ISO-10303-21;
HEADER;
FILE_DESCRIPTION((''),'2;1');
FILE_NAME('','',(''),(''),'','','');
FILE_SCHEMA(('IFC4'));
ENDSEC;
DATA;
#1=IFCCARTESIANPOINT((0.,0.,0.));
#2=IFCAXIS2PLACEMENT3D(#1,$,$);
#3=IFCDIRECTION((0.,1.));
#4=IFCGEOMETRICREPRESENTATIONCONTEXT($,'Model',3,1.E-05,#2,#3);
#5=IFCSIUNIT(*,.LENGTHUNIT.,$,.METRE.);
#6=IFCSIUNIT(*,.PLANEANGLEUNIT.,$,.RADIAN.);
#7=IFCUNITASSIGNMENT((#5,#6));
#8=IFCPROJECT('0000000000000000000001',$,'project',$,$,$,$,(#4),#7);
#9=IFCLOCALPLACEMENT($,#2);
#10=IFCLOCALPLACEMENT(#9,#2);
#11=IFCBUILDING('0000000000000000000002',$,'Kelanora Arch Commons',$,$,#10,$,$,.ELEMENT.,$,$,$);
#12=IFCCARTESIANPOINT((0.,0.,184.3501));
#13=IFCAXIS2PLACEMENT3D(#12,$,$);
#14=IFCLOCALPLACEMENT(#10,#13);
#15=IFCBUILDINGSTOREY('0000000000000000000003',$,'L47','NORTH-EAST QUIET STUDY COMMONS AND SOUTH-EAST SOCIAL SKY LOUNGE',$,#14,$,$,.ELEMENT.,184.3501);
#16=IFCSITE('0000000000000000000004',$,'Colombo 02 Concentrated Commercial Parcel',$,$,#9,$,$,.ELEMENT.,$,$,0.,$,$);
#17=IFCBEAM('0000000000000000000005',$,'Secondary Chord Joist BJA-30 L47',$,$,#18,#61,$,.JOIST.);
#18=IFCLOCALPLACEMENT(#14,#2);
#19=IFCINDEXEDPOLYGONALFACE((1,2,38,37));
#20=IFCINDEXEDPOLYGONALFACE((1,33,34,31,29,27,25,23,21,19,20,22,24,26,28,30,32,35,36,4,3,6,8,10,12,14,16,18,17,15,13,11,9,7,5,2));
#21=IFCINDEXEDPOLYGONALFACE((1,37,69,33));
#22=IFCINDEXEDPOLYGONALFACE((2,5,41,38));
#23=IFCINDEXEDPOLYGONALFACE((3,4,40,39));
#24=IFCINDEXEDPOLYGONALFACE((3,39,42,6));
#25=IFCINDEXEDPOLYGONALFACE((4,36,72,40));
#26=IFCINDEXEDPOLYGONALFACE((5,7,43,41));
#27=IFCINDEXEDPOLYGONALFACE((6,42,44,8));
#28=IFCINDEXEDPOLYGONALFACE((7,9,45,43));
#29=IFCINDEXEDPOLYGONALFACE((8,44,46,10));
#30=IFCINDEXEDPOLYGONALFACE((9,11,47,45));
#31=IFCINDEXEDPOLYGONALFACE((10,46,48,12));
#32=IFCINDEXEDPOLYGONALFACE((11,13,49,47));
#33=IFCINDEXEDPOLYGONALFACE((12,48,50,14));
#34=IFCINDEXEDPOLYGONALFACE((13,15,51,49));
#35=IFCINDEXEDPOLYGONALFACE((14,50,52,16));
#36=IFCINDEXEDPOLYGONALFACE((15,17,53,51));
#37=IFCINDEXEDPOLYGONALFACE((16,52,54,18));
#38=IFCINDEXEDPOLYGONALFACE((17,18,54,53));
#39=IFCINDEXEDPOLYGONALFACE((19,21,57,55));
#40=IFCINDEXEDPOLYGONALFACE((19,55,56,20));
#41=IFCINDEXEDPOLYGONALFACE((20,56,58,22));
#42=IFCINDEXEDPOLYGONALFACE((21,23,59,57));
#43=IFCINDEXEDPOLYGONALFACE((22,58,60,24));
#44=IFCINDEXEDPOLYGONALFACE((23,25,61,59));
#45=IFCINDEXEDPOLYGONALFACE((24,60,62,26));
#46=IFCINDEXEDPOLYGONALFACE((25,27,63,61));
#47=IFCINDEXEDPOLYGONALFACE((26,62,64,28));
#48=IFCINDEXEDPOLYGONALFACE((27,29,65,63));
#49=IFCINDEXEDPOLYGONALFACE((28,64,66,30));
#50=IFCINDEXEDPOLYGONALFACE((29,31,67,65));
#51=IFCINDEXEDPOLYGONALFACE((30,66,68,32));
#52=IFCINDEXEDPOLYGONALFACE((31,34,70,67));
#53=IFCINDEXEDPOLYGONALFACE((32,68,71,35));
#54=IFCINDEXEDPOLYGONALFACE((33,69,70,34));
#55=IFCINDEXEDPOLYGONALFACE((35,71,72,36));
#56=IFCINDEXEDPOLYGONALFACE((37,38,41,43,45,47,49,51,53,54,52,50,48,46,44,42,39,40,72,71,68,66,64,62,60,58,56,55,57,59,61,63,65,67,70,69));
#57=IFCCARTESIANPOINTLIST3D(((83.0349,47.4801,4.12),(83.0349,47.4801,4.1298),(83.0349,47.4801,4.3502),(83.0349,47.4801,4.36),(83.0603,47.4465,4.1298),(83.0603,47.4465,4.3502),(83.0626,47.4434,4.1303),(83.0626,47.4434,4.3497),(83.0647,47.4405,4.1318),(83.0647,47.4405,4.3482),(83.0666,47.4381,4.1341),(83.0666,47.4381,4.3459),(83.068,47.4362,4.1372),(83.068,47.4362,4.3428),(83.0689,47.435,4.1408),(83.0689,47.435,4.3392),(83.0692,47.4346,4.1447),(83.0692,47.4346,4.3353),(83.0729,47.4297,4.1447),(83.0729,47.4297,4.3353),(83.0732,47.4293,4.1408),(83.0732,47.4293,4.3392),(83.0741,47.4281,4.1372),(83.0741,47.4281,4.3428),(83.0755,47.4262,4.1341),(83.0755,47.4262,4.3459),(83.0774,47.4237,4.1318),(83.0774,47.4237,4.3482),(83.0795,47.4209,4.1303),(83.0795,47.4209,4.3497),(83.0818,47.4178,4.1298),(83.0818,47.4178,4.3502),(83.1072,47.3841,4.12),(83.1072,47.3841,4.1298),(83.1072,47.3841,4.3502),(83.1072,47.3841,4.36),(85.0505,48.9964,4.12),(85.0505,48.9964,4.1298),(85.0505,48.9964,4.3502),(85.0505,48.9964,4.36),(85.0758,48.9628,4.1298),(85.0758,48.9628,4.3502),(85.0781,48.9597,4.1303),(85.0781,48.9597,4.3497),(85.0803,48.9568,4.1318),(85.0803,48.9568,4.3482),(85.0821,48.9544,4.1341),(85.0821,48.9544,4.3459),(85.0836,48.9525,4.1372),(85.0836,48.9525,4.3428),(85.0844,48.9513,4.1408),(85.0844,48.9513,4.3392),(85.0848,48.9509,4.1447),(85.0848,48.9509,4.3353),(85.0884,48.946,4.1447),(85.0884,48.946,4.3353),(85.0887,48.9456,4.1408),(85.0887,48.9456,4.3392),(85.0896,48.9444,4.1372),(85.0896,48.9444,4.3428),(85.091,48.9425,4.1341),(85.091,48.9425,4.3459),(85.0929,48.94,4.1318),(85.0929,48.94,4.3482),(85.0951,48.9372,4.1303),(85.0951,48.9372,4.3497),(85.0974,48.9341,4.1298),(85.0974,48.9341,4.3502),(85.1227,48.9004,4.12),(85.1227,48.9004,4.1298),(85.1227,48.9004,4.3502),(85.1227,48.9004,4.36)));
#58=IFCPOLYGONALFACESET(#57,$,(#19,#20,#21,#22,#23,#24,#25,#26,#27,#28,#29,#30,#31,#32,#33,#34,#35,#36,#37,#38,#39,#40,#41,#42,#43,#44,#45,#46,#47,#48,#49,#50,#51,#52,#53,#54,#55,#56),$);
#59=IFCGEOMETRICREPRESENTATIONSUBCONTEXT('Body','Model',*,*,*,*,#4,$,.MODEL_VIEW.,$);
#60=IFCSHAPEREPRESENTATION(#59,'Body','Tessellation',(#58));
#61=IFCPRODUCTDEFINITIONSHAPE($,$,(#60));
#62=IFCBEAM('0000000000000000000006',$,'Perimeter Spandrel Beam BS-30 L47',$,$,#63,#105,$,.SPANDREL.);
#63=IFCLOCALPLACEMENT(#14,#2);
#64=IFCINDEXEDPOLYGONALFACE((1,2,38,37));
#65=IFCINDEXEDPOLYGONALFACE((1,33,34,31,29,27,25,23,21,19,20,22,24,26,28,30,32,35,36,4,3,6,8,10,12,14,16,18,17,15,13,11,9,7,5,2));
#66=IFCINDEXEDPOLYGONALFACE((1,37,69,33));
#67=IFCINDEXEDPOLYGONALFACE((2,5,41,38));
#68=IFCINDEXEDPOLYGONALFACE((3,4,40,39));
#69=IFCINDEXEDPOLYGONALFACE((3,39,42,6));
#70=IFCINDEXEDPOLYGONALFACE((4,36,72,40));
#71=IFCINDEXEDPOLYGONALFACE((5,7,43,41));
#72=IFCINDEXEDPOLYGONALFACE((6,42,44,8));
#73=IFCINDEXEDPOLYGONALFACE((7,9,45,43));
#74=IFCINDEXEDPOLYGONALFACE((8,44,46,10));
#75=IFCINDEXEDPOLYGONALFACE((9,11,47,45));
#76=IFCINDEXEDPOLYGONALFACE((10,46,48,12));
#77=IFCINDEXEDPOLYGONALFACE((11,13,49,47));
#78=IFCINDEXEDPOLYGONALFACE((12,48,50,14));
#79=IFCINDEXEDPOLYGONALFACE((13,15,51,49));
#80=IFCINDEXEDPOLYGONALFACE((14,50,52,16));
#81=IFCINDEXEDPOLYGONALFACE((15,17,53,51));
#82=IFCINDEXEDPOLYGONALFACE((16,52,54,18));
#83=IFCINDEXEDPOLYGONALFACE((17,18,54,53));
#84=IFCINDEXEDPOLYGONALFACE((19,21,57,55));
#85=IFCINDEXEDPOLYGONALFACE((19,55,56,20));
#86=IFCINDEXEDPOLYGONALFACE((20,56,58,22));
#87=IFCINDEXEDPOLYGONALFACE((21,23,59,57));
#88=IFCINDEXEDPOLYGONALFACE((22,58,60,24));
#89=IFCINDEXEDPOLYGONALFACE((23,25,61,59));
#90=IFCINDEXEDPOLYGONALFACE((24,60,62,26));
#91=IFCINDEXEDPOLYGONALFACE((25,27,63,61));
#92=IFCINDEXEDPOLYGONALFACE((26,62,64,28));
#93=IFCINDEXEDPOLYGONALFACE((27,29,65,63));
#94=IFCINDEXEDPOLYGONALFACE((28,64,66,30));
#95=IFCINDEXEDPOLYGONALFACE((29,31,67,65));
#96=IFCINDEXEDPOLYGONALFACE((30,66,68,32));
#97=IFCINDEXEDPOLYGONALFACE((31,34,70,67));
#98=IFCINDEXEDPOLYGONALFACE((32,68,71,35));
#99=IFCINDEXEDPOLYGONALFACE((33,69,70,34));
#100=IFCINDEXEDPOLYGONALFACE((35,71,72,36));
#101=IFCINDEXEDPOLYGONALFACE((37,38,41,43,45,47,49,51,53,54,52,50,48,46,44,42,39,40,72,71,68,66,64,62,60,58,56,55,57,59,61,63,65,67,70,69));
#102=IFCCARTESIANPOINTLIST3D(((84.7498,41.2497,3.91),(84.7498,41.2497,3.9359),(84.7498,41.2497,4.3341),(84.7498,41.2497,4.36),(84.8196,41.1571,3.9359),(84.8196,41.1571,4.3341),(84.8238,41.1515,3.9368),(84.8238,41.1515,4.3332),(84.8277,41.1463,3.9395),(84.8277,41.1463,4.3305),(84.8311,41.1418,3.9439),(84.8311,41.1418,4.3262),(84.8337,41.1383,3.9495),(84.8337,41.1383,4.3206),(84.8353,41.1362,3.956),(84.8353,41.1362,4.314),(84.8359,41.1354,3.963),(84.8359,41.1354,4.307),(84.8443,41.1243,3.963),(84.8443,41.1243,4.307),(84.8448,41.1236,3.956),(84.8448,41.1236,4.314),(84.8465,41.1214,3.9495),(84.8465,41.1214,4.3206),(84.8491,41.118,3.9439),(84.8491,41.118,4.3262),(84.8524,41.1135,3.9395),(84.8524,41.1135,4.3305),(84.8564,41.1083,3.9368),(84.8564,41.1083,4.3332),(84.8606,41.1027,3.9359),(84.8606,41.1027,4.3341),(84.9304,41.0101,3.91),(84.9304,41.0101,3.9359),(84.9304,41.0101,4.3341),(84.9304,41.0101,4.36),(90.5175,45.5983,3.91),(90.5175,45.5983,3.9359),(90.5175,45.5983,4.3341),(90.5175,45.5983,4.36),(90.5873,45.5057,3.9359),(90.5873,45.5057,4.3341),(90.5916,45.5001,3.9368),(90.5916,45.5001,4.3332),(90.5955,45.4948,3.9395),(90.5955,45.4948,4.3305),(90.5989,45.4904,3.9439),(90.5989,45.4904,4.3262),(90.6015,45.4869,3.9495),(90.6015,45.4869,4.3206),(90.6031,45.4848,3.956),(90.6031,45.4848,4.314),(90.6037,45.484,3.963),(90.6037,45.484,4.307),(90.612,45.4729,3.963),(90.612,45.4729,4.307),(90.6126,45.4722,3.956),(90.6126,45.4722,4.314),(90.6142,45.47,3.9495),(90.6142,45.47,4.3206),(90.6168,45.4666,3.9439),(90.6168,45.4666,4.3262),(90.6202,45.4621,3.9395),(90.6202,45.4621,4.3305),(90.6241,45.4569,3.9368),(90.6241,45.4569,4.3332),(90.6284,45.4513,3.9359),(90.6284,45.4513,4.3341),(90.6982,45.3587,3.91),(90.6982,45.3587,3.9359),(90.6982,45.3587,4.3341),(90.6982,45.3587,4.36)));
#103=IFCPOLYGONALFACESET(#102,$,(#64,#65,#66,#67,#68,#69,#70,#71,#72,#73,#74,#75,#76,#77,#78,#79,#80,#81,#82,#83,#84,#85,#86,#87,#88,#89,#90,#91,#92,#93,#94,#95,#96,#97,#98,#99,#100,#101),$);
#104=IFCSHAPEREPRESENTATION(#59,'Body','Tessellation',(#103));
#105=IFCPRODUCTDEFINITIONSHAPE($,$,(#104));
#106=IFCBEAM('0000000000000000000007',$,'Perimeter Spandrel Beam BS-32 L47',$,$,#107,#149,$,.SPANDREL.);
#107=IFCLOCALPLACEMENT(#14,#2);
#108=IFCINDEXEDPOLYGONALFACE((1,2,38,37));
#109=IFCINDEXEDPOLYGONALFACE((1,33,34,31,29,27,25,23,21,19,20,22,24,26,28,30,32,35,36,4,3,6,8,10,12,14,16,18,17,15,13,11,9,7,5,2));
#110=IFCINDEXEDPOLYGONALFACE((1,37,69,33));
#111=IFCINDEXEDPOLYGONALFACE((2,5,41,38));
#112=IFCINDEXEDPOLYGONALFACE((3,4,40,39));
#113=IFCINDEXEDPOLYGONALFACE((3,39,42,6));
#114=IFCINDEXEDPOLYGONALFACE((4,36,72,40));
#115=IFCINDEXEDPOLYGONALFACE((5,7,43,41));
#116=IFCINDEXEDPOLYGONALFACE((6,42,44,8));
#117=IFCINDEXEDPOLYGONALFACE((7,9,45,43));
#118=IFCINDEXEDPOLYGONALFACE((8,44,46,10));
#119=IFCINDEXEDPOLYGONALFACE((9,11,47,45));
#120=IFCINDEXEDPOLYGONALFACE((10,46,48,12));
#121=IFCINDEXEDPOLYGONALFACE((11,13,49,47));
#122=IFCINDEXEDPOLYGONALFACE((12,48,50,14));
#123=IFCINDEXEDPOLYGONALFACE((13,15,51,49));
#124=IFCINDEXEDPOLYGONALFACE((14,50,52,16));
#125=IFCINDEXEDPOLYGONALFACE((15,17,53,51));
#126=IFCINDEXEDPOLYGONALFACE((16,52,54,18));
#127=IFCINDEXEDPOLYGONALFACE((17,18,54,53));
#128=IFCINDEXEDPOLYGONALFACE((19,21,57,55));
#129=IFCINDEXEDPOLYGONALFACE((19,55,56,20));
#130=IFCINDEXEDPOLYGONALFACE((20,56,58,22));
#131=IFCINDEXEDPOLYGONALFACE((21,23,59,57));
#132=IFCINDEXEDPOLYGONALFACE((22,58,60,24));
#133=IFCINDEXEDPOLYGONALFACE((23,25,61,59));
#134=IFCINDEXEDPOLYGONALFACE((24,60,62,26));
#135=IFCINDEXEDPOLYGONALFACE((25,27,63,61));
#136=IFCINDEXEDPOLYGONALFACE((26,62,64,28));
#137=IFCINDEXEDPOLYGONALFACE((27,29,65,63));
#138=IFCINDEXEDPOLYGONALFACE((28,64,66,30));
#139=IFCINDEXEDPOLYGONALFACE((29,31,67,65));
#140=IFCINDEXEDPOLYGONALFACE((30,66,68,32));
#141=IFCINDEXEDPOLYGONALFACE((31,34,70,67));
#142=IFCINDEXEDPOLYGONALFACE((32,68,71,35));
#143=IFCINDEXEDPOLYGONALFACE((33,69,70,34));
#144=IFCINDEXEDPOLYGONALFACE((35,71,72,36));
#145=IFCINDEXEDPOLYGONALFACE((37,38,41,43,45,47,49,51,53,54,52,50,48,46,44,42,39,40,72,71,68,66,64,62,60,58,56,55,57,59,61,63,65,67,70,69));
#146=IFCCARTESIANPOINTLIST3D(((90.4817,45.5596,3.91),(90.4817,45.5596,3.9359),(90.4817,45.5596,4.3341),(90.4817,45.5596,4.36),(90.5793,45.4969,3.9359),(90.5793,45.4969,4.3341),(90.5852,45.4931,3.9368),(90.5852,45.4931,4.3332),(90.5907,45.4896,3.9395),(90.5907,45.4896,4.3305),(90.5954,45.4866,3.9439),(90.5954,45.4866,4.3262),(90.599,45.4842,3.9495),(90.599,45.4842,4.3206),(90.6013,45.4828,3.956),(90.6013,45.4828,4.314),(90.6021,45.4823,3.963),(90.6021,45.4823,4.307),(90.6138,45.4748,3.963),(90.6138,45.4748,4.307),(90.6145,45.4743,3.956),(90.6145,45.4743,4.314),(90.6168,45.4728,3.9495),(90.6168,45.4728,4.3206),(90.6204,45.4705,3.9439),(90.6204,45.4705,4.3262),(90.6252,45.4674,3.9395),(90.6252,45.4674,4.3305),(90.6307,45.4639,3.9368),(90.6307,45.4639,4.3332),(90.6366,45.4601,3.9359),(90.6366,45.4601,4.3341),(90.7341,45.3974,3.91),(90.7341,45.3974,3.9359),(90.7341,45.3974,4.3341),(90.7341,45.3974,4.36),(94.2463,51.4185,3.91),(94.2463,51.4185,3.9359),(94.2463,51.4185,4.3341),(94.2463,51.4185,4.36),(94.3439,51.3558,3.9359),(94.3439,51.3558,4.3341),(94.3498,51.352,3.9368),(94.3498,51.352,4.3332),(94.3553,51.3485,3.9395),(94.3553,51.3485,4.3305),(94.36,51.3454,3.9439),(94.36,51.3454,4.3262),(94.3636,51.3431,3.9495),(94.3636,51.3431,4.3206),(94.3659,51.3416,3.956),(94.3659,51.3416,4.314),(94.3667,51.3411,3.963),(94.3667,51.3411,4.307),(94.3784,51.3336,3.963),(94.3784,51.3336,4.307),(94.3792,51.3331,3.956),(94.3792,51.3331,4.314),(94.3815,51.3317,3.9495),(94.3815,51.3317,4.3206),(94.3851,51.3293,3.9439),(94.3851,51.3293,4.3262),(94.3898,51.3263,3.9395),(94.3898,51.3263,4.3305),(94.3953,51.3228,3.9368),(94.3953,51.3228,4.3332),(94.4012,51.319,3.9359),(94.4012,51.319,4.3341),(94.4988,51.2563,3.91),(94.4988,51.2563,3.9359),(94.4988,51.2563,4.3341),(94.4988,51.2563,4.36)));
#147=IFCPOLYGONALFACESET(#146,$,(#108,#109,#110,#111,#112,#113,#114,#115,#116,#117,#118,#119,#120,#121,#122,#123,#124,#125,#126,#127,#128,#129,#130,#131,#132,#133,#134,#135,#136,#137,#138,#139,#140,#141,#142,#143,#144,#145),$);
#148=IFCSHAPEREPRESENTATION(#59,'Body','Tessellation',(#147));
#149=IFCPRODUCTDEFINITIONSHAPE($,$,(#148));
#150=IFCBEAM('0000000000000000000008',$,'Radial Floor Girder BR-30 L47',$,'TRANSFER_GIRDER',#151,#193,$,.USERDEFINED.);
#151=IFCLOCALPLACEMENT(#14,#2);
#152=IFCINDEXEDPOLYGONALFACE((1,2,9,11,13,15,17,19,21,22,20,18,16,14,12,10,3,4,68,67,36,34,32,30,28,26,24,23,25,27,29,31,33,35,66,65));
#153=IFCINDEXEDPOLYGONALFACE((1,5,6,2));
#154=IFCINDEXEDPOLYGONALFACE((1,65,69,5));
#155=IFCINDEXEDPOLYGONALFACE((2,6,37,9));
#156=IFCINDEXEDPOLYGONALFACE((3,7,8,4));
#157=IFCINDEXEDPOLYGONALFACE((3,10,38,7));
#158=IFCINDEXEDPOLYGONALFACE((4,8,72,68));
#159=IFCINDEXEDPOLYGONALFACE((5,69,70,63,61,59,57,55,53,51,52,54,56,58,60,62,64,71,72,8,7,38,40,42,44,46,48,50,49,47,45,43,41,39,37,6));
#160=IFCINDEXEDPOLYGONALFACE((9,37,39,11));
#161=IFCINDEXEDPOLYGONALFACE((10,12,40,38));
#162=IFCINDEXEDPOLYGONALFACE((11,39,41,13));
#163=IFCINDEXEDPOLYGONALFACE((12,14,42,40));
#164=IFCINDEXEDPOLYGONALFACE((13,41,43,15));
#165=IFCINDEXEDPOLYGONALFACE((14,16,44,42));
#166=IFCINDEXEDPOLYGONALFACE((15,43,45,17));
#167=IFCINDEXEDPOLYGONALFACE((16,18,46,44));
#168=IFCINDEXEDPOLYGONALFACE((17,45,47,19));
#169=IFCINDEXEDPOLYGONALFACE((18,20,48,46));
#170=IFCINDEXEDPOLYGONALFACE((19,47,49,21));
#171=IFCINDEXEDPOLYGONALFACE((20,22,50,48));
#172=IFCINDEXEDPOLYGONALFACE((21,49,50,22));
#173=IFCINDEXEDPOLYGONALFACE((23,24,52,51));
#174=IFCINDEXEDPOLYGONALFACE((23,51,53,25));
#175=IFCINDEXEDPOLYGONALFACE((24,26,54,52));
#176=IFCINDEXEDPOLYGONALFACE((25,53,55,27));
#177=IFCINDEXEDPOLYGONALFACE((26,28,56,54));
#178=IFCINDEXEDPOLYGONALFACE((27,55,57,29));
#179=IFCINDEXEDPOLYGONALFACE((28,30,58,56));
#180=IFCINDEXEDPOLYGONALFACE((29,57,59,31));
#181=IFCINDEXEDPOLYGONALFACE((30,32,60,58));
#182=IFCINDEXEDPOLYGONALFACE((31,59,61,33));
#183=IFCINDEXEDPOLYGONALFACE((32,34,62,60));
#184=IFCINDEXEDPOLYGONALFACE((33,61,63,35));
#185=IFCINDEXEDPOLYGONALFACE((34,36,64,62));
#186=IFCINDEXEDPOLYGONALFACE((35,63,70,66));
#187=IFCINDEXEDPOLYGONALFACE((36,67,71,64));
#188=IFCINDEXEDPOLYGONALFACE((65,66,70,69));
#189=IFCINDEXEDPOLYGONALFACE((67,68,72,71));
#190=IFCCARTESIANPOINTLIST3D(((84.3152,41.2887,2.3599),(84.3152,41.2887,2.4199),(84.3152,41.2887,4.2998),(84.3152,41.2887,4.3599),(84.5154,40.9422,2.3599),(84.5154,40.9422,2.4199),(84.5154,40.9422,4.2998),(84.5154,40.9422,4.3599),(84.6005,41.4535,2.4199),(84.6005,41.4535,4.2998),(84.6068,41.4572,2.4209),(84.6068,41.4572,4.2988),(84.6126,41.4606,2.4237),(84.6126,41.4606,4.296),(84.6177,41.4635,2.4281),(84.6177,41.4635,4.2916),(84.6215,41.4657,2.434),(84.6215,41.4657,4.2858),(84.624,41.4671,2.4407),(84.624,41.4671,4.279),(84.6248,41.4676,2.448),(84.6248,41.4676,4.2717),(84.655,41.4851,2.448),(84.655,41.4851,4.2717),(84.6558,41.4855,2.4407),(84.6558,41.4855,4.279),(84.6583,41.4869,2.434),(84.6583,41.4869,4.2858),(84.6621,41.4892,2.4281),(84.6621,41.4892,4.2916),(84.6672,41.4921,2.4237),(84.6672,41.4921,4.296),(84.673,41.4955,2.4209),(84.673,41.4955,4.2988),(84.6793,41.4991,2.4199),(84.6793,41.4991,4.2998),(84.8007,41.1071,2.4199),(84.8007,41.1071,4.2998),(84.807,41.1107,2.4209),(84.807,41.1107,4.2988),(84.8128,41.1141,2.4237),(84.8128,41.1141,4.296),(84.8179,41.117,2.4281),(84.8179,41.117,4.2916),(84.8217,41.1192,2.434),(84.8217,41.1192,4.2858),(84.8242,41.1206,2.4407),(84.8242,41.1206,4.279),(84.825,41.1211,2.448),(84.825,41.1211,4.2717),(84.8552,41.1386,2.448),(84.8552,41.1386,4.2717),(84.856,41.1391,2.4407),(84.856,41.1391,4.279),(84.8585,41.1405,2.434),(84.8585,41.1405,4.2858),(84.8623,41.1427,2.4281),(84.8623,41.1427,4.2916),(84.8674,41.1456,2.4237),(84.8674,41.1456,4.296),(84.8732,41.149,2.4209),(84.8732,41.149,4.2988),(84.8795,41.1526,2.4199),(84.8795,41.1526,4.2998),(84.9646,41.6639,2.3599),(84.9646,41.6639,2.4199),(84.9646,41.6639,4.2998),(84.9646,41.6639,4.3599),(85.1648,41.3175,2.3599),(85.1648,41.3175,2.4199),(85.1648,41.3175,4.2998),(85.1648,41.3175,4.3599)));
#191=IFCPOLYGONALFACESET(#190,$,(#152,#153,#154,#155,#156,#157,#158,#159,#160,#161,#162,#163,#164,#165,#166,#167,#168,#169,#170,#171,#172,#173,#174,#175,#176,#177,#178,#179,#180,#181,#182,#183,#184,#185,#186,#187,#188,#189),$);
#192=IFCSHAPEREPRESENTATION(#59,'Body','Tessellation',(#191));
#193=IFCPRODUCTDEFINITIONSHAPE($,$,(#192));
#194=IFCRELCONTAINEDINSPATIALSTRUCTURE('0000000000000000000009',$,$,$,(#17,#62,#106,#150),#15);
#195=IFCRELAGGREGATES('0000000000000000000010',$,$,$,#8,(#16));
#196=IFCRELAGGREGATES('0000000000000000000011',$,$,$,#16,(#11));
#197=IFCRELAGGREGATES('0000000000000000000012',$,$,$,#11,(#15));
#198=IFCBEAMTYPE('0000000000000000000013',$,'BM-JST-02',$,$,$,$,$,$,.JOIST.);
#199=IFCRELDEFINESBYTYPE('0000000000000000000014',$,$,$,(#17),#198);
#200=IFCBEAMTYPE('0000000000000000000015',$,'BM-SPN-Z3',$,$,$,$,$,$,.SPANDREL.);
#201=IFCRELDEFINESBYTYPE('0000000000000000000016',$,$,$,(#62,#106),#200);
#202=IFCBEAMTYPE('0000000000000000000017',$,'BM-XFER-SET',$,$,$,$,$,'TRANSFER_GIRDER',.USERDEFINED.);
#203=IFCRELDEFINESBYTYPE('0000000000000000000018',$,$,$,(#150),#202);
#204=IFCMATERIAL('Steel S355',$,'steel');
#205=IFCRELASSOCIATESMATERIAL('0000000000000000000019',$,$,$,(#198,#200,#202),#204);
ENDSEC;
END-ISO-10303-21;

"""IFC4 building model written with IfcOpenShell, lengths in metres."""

from ifc_helpers import new_model, si_unit, direction, frame, origin, origin_2d, place, context, subcontext, project, spatial, i_section, extrude, material, material_profile, profile_set, type_object, element, save


model = new_model("IFC4")

# Units and contexts
model_context = context("Model", 3, precision=1e-05, world=origin(), true_north=direction((0.0, 1.0)))
body_context = subcontext(model_context, "Body", "Model", "MODEL_VIEW")
ifc_project = project(units=[si_unit("LENGTHUNIT", "METRE"), si_unit("PLANEANGLEUNIT", "RADIAN")], contexts=[model_context])

# Site, building, storey
site_placement = place(None, origin())
site = spatial("IfcSite", under=ifc_project, at=site_placement, Name="Colombo 02 Concentrated Commercial Parcel", CompositionType="ELEMENT", RefElevation=0.0)
building_placement = place(site_placement, origin())
building = spatial("IfcBuilding", under=site, at=building_placement, Name="Kelanora Arch Commons", CompositionType="ELEMENT")
storey_placement = place(building_placement, frame((0.0, 0.0, 184.3501)))
storey = spatial("IfcBuildingStorey", under=building, at=storey_placement, Name="L47", Description="NORTH-EAST QUIET STUDY COMMONS AND SOUTH-EAST SOCIAL SKY LOUNGE", CompositionType="ELEMENT", Elevation=184.3501)

# Beams
ifc_material_1 = material(Name="Steel S355", Category="steel")
ifc_material_profile_1 = material_profile(ifc_material_1, i_section(OverallWidth=0.1201, OverallDepth=0.24, WebThickness=0.0061, FlangeThickness=0.0098, FilletRadius=0.0149, at=origin_2d()), Name="IPE240")
ifc_profile_set_1 = profile_set([ifc_material_profile_1], Name="Steel S355")
beam_type_1 = type_object("IfcBeamType", Name="BM-JST-02", PredefinedType="JOIST", material=ifc_profile_set_1)
beam_1_placement = place(storey_placement, frame((83.071, 47.4321, 4.24), z_axis=(0.799116, 0.601176, 0.0), x_axis=(-0.601176, 0.799116, 0.0)))
element("IfcBeam", 1, at=beam_1_placement, inside=storey, type_object=beam_type_1, Name="Secondary Chord Joist BJA-30 L47", PredefinedType="JOIST", context=body_context, shape_type="SweptSolid", body=[
    extrude(i_section(OverallWidth=0.1201, OverallDepth=0.24, WebThickness=0.0061, FlangeThickness=0.0098, FilletRadius=0.0149, at=origin_2d()), origin(), (0.0, 0.0, 1.0), 2.5222),
])
ifc_material_profile_2 = material_profile(ifc_material_1, i_section(OverallWidth=0.3, OverallDepth=0.45, WebThickness=0.0139, FlangeThickness=0.0259, FilletRadius=0.0271, at=origin_2d()), Name="HEB450")
ifc_profile_set_2 = profile_set([ifc_material_profile_2], Name="Steel S355")
beam_type_2 = type_object("IfcBeamType", Name="BM-SPN-Z3", PredefinedType="SPANDREL", material=ifc_profile_set_2)
beam_2_placement = place(storey_placement, frame((84.8401, 41.1299, 4.135), z_axis=(0.798485, 0.602015, 0.0), x_axis=(-0.602015, 0.798485, 0.0)))
element("IfcBeam", 2, at=beam_2_placement, inside=storey, type_object=beam_type_2, Name="Perimeter Spandrel Beam BS-30 L47", PredefinedType="SPANDREL", context=body_context, shape_type="SweptSolid", body=[
    extrude(i_section(OverallWidth=0.3, OverallDepth=0.45, WebThickness=0.0139, FlangeThickness=0.0259, FilletRadius=0.0271, at=origin_2d()), origin(), (0.0, 0.0, 1.0), 7.2234),
])
beam_3_placement = place(storey_placement, frame((90.6079, 45.4785, 4.135), z_axis=(0.540577, 0.841295, 0.0), x_axis=(-0.841295, 0.540577, 0.0)))
element("IfcBeam", 3, at=beam_3_placement, inside=storey, type_object=beam_type_2, Name="Perimeter Spandrel Beam BS-32 L47", PredefinedType="SPANDREL", context=body_context, shape_type="SweptSolid", body=[
    extrude(i_section(OverallWidth=0.3, OverallDepth=0.45, WebThickness=0.0139, FlangeThickness=0.0259, FilletRadius=0.0271, at=origin_2d()), origin(), (0.0, 0.0, 1.0), 6.9641),
])
ifc_material_profile_3 = material_profile(ifc_material_1, i_section(OverallWidth=0.75, OverallDepth=2.0, WebThickness=0.0349, FlangeThickness=0.0601, FilletRadius=0.0281, at=origin_2d()), Name="PG2000x750")
ifc_profile_set_3 = profile_set([ifc_material_profile_3], Name="Steel S355")
beam_type_3 = type_object("IfcBeamType", Name="BM-XFER-SET", ElementType="TRANSFER_GIRDER", PredefinedType="USERDEFINED", material=ifc_profile_set_3)
beam_4_placement = place(storey_placement, frame((84.6399, 41.4763, 3.3599), z_axis=(0.500339, -0.86583, 0.0), x_axis=(0.86583, 0.500339, 0.0)))
element("IfcBeam", 4, at=beam_4_placement, inside=storey, type_object=beam_type_3, Name="Radial Floor Girder BR-30 L47", ObjectType="TRANSFER_GIRDER", PredefinedType="USERDEFINED", context=body_context, shape_type="SweptSolid", body=[
    extrude(i_section(OverallWidth=0.75, OverallDepth=2.0, WebThickness=0.0349, FlangeThickness=0.0601, FilletRadius=0.0281, at=origin_2d()), origin(), (0.0, 0.0, 1.0), 0.4001),
])

save(model, "model.ifc")
